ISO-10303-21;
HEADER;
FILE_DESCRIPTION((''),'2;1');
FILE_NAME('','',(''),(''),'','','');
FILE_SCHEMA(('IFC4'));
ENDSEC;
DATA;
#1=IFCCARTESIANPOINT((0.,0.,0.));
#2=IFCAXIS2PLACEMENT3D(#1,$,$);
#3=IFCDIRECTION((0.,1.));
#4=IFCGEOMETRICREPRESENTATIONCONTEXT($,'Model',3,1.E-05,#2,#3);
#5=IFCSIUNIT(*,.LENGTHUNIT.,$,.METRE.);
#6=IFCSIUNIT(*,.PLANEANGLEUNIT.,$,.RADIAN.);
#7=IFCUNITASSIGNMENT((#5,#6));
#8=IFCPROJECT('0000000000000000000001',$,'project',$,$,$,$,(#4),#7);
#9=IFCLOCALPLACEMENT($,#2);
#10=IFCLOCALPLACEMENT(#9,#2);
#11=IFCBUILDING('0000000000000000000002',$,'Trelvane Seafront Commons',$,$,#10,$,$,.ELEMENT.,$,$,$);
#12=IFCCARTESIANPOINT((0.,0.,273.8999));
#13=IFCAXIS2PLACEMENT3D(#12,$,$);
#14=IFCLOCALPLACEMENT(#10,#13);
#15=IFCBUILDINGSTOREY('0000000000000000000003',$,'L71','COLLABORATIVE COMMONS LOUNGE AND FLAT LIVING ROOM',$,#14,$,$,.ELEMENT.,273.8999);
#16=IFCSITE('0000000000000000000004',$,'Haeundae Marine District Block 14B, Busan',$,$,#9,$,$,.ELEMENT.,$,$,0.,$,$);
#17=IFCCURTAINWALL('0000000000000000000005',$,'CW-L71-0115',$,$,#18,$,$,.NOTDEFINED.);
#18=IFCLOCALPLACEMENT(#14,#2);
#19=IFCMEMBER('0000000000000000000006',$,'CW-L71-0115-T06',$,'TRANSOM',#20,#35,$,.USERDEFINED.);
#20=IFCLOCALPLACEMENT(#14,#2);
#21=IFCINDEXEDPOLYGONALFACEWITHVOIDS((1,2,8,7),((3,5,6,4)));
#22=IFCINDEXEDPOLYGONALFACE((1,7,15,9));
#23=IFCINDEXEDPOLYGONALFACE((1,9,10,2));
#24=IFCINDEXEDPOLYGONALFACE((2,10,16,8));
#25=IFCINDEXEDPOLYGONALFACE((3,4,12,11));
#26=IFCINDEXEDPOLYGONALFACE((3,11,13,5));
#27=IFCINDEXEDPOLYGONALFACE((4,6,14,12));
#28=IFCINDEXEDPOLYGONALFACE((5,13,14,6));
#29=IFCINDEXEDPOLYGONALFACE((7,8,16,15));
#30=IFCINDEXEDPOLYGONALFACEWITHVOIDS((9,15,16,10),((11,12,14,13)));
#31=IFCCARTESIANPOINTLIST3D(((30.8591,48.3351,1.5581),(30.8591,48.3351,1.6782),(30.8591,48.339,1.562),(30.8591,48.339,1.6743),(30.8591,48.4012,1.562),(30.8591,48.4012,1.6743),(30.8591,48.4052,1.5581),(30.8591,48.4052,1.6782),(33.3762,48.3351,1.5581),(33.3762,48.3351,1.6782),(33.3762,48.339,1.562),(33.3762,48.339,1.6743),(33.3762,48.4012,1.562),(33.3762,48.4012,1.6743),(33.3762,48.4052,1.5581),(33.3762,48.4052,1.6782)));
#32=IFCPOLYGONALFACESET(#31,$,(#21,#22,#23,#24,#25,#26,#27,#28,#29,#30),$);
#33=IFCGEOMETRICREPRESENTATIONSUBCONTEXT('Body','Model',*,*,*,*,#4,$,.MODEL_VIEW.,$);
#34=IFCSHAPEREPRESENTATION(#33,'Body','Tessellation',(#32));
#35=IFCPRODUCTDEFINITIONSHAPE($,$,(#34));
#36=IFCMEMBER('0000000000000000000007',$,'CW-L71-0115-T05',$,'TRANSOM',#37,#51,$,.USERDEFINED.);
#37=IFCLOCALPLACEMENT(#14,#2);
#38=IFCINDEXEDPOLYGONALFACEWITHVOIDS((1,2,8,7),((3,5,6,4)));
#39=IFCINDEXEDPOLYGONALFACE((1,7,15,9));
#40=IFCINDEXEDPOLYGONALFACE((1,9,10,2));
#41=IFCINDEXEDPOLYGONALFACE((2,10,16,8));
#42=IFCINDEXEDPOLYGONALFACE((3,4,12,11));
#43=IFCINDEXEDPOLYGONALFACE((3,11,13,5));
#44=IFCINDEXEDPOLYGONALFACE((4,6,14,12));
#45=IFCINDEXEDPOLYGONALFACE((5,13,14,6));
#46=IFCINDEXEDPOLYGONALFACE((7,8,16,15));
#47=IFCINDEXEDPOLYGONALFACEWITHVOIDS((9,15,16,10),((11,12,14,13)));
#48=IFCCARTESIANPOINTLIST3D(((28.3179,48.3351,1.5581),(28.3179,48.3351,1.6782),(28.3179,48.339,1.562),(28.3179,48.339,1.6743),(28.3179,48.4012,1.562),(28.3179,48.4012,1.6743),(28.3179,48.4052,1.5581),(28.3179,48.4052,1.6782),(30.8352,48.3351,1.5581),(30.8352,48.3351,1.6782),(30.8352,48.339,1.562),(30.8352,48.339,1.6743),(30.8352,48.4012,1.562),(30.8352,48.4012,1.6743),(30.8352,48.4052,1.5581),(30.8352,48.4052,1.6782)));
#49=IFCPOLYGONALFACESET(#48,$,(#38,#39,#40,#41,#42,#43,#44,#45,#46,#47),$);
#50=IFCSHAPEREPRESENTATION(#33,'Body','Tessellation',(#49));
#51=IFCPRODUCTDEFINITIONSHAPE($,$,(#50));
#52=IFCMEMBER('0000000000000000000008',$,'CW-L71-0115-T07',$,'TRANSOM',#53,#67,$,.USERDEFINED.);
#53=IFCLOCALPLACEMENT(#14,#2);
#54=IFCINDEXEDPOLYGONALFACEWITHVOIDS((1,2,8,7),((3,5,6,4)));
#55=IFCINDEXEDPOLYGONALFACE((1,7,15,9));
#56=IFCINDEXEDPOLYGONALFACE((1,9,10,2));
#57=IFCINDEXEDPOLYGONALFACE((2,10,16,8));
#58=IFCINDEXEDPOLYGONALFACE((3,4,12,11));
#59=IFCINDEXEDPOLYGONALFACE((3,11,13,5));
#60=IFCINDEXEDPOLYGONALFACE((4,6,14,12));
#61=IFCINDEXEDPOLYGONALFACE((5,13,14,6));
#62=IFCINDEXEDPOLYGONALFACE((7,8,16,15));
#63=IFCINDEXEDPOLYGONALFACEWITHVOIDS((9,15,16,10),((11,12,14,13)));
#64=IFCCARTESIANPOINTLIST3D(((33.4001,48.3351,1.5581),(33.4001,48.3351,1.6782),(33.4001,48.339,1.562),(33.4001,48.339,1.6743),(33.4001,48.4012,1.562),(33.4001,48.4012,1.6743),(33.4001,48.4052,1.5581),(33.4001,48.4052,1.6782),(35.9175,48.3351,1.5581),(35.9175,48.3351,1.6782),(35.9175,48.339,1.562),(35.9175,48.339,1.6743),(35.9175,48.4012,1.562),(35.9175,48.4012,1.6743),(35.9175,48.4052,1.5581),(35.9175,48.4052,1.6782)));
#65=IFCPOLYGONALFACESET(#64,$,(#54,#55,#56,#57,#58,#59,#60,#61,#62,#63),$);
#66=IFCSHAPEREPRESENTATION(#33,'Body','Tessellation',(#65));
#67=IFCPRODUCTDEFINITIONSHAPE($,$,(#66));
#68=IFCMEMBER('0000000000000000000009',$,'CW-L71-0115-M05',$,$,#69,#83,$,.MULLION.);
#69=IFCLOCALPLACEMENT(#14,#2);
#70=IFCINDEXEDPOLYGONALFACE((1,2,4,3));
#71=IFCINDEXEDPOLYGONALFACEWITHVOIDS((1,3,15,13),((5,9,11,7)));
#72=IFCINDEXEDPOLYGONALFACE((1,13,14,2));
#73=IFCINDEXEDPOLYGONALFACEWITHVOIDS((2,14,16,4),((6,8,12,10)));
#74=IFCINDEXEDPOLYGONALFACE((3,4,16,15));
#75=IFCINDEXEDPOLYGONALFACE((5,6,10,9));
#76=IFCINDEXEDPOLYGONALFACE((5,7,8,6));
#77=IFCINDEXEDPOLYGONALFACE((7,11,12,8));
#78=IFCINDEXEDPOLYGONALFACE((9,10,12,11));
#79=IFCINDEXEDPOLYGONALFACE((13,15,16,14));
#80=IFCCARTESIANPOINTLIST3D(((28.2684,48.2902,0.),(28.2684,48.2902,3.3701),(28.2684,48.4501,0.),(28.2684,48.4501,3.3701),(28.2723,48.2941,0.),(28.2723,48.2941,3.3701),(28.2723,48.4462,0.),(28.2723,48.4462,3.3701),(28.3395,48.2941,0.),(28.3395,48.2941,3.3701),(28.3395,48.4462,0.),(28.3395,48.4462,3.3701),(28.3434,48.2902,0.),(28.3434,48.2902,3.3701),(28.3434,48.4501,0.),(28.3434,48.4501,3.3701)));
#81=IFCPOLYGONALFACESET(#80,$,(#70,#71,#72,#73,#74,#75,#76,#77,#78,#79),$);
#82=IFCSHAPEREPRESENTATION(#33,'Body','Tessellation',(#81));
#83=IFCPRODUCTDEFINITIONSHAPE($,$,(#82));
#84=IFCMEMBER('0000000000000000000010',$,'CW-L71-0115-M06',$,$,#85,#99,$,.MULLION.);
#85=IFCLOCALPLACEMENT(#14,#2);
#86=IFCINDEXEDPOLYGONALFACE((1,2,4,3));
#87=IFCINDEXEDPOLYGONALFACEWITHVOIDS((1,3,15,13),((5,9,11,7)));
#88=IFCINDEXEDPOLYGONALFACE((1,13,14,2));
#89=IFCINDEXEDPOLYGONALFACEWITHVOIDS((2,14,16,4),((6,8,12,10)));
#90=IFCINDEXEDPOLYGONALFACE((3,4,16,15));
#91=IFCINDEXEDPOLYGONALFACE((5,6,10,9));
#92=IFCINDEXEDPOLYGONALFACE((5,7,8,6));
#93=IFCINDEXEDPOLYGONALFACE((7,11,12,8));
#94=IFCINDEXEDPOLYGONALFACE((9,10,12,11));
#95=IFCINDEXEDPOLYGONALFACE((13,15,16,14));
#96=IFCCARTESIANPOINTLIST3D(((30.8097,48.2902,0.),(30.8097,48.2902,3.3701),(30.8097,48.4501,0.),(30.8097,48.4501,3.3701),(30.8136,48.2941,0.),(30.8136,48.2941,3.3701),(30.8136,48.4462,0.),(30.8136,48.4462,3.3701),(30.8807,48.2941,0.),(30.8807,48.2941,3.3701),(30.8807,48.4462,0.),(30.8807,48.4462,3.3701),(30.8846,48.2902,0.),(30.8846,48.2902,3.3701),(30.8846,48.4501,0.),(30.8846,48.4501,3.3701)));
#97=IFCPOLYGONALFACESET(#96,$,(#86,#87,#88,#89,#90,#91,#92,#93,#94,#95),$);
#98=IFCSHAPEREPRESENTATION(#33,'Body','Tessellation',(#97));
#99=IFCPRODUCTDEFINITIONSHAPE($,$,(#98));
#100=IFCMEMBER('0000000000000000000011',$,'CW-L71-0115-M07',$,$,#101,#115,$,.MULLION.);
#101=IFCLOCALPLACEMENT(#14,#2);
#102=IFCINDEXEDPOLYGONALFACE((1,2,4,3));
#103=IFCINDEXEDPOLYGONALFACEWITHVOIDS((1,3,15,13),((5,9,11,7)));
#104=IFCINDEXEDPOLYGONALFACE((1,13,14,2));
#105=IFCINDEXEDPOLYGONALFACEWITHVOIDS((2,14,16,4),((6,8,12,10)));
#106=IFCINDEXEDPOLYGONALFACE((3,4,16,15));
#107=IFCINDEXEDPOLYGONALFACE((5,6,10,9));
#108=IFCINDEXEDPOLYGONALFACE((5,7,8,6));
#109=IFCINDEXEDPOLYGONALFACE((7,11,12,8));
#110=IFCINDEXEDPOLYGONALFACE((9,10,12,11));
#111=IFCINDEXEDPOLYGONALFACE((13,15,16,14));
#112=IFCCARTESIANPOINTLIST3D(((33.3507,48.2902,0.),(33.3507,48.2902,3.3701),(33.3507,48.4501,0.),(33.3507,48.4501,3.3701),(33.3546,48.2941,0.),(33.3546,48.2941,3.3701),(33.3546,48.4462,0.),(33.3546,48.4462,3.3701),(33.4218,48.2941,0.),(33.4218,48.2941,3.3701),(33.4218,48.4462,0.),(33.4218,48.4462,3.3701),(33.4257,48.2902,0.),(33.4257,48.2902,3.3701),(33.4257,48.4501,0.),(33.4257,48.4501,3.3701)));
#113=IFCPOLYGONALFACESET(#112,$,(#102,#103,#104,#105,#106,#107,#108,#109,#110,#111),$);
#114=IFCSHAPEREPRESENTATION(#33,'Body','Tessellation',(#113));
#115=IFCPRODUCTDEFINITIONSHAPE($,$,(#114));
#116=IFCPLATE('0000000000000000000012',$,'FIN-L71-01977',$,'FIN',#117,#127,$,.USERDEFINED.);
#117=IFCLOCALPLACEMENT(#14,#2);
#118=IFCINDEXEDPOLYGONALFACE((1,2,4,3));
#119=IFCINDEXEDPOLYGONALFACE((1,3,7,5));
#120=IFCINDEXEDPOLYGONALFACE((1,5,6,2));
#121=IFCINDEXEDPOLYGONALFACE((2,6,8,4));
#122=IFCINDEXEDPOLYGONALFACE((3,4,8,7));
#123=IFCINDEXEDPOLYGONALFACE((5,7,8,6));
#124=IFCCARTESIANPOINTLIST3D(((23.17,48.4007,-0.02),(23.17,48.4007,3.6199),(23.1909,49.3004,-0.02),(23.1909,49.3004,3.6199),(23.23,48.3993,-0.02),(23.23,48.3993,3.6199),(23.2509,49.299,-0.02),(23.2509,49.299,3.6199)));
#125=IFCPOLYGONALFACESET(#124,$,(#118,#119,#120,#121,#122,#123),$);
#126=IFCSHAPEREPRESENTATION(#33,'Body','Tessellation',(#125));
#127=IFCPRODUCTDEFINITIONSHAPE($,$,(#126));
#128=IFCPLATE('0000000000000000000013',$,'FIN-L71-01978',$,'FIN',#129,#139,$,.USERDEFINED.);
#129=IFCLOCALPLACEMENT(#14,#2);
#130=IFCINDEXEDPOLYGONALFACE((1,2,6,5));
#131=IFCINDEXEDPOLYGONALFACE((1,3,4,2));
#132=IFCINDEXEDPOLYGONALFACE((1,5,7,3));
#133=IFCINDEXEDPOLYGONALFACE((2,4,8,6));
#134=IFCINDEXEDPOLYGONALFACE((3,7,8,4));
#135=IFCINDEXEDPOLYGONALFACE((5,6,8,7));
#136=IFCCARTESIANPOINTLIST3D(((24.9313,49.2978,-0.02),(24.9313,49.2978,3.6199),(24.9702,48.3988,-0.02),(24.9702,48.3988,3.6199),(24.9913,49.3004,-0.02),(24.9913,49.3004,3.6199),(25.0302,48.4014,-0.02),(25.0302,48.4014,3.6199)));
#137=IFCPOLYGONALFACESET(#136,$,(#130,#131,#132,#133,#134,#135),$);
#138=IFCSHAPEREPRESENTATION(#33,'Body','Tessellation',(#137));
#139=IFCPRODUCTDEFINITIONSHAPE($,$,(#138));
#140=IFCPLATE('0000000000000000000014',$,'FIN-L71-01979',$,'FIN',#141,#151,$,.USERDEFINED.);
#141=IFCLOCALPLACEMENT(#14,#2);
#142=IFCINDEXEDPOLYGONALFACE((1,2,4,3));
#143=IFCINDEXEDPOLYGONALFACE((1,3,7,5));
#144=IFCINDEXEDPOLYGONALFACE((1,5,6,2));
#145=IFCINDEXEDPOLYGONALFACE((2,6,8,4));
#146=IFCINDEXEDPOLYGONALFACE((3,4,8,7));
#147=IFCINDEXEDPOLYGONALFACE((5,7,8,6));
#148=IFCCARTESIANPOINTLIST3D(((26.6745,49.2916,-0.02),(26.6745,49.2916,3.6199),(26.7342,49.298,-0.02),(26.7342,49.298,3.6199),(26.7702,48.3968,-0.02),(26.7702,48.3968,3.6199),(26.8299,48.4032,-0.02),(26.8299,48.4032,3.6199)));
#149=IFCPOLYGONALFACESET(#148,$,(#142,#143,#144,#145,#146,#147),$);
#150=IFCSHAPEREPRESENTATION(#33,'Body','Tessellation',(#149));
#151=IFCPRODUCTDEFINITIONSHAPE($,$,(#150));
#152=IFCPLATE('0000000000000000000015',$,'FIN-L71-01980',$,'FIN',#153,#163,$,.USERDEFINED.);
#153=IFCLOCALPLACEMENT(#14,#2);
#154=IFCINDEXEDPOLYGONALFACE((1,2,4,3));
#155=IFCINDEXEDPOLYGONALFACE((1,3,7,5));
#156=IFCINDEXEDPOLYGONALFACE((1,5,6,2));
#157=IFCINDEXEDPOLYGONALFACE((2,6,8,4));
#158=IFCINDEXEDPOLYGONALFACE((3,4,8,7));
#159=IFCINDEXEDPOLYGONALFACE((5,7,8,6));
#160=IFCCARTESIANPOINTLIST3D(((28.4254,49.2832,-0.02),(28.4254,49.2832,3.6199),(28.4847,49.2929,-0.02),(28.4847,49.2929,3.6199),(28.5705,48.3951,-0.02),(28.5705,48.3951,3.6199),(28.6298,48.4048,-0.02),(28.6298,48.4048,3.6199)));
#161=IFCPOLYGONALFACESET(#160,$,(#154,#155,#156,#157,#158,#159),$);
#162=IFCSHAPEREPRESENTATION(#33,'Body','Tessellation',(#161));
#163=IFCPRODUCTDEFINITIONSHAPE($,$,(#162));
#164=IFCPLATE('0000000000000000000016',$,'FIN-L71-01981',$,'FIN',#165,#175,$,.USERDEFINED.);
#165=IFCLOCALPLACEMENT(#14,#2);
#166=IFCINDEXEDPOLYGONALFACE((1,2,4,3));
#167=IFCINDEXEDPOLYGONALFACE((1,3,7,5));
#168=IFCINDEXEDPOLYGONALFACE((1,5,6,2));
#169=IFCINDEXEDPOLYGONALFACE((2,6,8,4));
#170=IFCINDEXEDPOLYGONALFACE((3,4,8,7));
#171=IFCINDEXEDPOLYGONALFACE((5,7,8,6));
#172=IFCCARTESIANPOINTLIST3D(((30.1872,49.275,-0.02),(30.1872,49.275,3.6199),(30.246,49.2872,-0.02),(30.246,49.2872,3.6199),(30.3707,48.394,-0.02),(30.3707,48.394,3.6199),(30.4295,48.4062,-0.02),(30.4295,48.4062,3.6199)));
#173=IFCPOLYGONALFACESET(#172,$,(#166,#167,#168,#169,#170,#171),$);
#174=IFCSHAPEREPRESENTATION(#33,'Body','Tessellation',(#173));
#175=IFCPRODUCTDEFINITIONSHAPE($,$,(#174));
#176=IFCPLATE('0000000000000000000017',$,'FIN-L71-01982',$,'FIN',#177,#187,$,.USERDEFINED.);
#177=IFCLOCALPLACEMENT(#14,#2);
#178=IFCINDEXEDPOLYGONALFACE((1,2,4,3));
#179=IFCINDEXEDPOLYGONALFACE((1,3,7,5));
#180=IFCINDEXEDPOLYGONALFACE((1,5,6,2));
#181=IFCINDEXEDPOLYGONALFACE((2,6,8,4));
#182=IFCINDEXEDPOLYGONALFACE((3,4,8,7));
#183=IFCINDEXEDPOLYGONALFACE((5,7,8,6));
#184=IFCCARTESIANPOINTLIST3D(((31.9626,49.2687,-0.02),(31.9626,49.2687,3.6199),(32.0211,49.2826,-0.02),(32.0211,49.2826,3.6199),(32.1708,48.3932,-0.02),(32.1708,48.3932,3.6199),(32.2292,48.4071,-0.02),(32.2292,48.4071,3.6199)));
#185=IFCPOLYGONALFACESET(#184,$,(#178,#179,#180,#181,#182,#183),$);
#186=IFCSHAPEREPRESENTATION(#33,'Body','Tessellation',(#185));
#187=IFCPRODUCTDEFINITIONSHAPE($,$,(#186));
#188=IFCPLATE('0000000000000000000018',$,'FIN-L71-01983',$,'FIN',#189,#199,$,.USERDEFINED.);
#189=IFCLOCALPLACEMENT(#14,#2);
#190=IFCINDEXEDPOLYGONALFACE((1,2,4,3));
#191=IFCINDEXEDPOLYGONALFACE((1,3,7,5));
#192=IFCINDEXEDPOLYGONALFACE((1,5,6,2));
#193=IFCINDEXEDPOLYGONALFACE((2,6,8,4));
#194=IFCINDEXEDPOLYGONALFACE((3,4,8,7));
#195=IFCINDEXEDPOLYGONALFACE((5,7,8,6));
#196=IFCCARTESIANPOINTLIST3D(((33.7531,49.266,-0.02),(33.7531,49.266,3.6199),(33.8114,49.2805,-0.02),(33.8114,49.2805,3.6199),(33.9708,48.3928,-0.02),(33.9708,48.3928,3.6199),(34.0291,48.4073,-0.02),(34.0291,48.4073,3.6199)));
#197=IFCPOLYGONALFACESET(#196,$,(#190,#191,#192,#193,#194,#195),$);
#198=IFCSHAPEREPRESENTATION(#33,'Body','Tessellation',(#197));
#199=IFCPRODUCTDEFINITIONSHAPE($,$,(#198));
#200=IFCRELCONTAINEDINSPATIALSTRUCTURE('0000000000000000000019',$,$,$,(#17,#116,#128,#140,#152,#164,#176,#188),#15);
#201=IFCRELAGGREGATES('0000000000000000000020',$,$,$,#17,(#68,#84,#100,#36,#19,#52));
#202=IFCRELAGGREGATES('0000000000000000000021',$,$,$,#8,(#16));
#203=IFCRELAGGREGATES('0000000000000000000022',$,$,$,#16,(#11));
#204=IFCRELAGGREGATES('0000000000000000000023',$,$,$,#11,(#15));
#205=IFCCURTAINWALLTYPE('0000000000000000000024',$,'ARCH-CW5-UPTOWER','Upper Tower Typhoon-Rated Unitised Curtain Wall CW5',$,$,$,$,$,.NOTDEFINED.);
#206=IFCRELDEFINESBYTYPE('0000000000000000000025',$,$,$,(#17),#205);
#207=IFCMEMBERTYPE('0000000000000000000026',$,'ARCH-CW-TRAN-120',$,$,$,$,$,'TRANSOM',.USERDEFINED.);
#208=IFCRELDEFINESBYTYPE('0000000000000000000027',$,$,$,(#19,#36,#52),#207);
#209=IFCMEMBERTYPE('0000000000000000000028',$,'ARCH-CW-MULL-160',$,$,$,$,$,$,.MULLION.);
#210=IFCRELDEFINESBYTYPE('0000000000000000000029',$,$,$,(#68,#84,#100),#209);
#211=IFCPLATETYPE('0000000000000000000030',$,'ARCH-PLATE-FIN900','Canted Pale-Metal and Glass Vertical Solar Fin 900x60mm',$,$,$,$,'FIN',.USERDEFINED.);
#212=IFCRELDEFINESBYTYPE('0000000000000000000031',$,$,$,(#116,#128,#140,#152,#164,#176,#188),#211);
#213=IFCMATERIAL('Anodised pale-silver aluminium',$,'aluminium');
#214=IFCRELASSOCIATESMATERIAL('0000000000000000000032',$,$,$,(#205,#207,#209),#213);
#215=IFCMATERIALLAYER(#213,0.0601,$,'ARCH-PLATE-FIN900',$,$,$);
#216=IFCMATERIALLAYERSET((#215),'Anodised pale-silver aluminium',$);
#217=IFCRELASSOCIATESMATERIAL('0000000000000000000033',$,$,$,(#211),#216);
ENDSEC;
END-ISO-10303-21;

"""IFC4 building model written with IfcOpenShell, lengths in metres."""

from ifc_helpers import new_model, si_unit, direction, frame, origin, origin_2d, place, context, subcontext, project, spatial, rectangle, hollow_rectangle, extrude, source, transform, mapped, material, layer, layer_set, material_profile, profile_set, type_object, element, aggregate, save


model = new_model("IFC4")

# Units and contexts
model_context = context("Model", 3, precision=1e-05, world=origin(), true_north=direction((0.0, 1.0)))
body_context = subcontext(model_context, "Body", "Model", "MODEL_VIEW")
ifc_project = project(units=[si_unit("LENGTHUNIT", "METRE"), si_unit("PLANEANGLEUNIT", "RADIAN")], contexts=[model_context])

# Site, building, storey
site_placement = place(None, origin())
site = spatial("IfcSite", under=ifc_project, at=site_placement, Name="Haeundae Marine District Block 14B, Busan", CompositionType="ELEMENT", RefElevation=0.0)
building_placement = place(site_placement, origin())
building = spatial("IfcBuilding", under=site, at=building_placement, Name="Trelvane Seafront Commons", CompositionType="ELEMENT")
storey_placement = place(building_placement, frame((0.0, 0.0, 273.8999)))
storey = spatial("IfcBuildingStorey", under=building, at=storey_placement, Name="L71", Description="COLLABORATIVE COMMONS LOUNGE AND FLAT LIVING ROOM", CompositionType="ELEMENT", Elevation=273.8999)

# Curtain wall, members
ifc_material_1 = material(Name="Anodised pale-silver aluminium", Category="aluminium")
curtain_wall_type = type_object("IfcCurtainWallType", Name="ARCH-CW5-UPTOWER", Description="Upper Tower Typhoon-Rated Unitised Curtain Wall CW5", PredefinedType="NOTDEFINED", material=ifc_material_1)
curtain_wall_placement = place(storey_placement, origin())
curtain_wall = element("IfcCurtainWall", 1, at=curtain_wall_placement, inside=storey, type_object=curtain_wall_type, Name="CW-L71-0115", PredefinedType="NOTDEFINED")
ifc_material_profile_1 = material_profile(ifc_material_1, hollow_rectangle(XDim=0.0701, YDim=0.1201, WallThickness=0.0039, at=origin_2d()), Name="TRAN-70x120x4")
ifc_profile_set_1 = profile_set([ifc_material_profile_1], Name="Anodised pale-silver aluminium")
member_type_1 = type_object("IfcMemberType", Name="ARCH-CW-TRAN-120", ElementType="TRANSOM", PredefinedType="USERDEFINED", material=ifc_profile_set_1)
shared_shape_1 = source(origin(), body_context, "Body", "SweptSolid", [
    extrude(hollow_rectangle(XDim=0.0701, YDim=0.1201, WallThickness=0.0039, at=origin_2d()), origin(), (0.0, 0.0, 1.0), 2.5171),
])
member_1_placement = place(storey_placement, frame((30.8591, 48.3701, 1.6182), z_axis=(1.0, 0.0, 0.0), x_axis=(0.0, 1.0, 0.0)))
member_1 = element("IfcMember", 2, at=member_1_placement, type_object=member_type_1, Name="CW-L71-0115-T06", ObjectType="TRANSOM", PredefinedType="USERDEFINED", context=body_context, shape_type="MappedRepresentation", body=[
    mapped(shared_shape_1, transform((0.0, 0.0, 0.0), x_axis=(1.0, 0.0, 0.0), y_axis=(0.0, 1.0, 0.0), z_axis=(0.0, 0.0, 1.0), scale=1.0)),
])
shared_shape_2 = source(origin(), body_context, "Body", "SweptSolid", [
    extrude(hollow_rectangle(XDim=0.0701, YDim=0.1201, WallThickness=0.0039, at=origin_2d()), origin(), (0.0, 0.0, 1.0), 2.5173),
])
member_2_placement = place(storey_placement, frame((28.3179, 48.3701, 1.6182), z_axis=(1.0, 0.0, 0.0), x_axis=(0.0, 1.0, 0.0)))
member_2 = element("IfcMember", 3, at=member_2_placement, type_object=member_type_1, Name="CW-L71-0115-T05", ObjectType="TRANSOM", PredefinedType="USERDEFINED", context=body_context, shape_type="MappedRepresentation", body=[
    mapped(shared_shape_2, transform((0.0, 0.0, 0.0), x_axis=(1.0, 0.0, 0.0), y_axis=(0.0, 1.0, 0.0), z_axis=(0.0, 0.0, 1.0), scale=1.0)),
])
member_3_placement = place(storey_placement, frame((33.4001, 48.3701, 1.6182), z_axis=(1.0, 0.0, 0.0), x_axis=(0.0, 1.0, 0.0)))
member_3 = element("IfcMember", 4, at=member_3_placement, type_object=member_type_1, Name="CW-L71-0115-T07", ObjectType="TRANSOM", PredefinedType="USERDEFINED", context=body_context, shape_type="MappedRepresentation", body=[
    mapped(shared_shape_2, transform((0.0, 0.0, 0.0), x_axis=(1.0, 0.0, 0.0), y_axis=(0.0, 1.0, 0.0), z_axis=(0.0, 0.0, 1.0), scale=1.0)),
])
ifc_material_profile_2 = material_profile(ifc_material_1, hollow_rectangle(XDim=0.075, YDim=0.1599, WallThickness=0.0039, at=origin_2d()), Name="MULL-75x160x4")
ifc_profile_set_2 = profile_set([ifc_material_profile_2], Name="Anodised pale-silver aluminium")
member_type_2 = type_object("IfcMemberType", Name="ARCH-CW-MULL-160", PredefinedType="MULLION", material=ifc_profile_set_2)
shared_shape_3 = source(origin(), body_context, "Body", "SweptSolid", [
    extrude(hollow_rectangle(XDim=0.075, YDim=0.1599, WallThickness=0.0039, at=origin_2d()), origin(), (0.0, 0.0, 1.0), 3.3701),
])
member_4_placement = place(storey_placement, frame((28.3059, 48.3701, 0.0), z_axis=(0.0, 0.0, 1.0), x_axis=(1.0, 0.0, 0.0)))
member_4 = element("IfcMember", 5, at=member_4_placement, type_object=member_type_2, Name="CW-L71-0115-M05", PredefinedType="MULLION", context=body_context, shape_type="MappedRepresentation", body=[
    mapped(shared_shape_3, transform((0.0, 0.0, 0.0), x_axis=(1.0, 0.0, 0.0), y_axis=(0.0, 1.0, 0.0), z_axis=(0.0, 0.0, 1.0), scale=1.0)),
])
member_5_placement = place(storey_placement, frame((30.8472, 48.3701, 0.0), z_axis=(0.0, 0.0, 1.0), x_axis=(1.0, 0.0, 0.0)))
member_5 = element("IfcMember", 6, at=member_5_placement, type_object=member_type_2, Name="CW-L71-0115-M06", PredefinedType="MULLION", context=body_context, shape_type="MappedRepresentation", body=[
    mapped(shared_shape_3, transform((0.0, 0.0, 0.0), x_axis=(1.0, 0.0, 0.0), y_axis=(0.0, 1.0, 0.0), z_axis=(0.0, 0.0, 1.0), scale=1.0)),
])
member_6_placement = place(storey_placement, frame((33.3882, 48.3701, 0.0), z_axis=(0.0, 0.0, 1.0), x_axis=(1.0, 0.0, 0.0)))
member_6 = element("IfcMember", 7, at=member_6_placement, type_object=member_type_2, Name="CW-L71-0115-M07", PredefinedType="MULLION", context=body_context, shape_type="MappedRepresentation", body=[
    mapped(shared_shape_3, transform((0.0, 0.0, 0.0), x_axis=(1.0, 0.0, 0.0), y_axis=(0.0, 1.0, 0.0), z_axis=(0.0, 0.0, 1.0), scale=1.0)),
])

# Plates
ifc_layer_1 = layer(ifc_material_1, 0.0601, Name="ARCH-PLATE-FIN900")
ifc_layer_set_1 = layer_set([ifc_layer_1], Name="Anodised pale-silver aluminium")
plate_type_1 = type_object("IfcPlateType", Name="ARCH-PLATE-FIN900", Description="Canted Pale-Metal and Glass Vertical Solar Fin 900x60mm", ElementType="FIN", PredefinedType="USERDEFINED", material=ifc_layer_set_1)
shared_shape_4 = source(origin(), body_context, "Body", "SweptSolid", [
    extrude(rectangle(XDim=0.8999, YDim=0.0601, at=origin_2d()), origin(), (0.0, 0.0, 1.0), 3.6399),
])
for number, where, z_axis, x_axis, name in (
    (8, (23.2104, 48.8499, -0.02), (0.0, 0.0, 1.0), (0.023221, 0.99973, 0.0), "FIN-L71-01977"),
    (9, (24.9807, 48.8496, -0.02), (0.0, 0.0, 1.0), (-0.04322, 0.999066, 0.0), "FIN-L71-01978"),
    (10, (26.7522, 48.8474, -0.02), (0.0, 0.0, 1.0), (-0.106333, 0.994331, 0.0), "FIN-L71-01979"),
    (11, (28.5276, 48.844, -0.02), (0.0, 0.0, 1.0), (-0.161227, 0.986917, 0.0), "FIN-L71-01980"),
    (12, (30.3083, 48.8406, -0.02), (0.0, 0.0, 1.0), (-0.203888, 0.978994, 0.0), "FIN-L71-01981"),
    (13, (32.0959, 48.8379, -0.02), (0.0, 0.0, 1.0), (-0.23133, 0.972875, 0.0), "FIN-L71-01982"),
    (14, (33.8911, 48.8367, -0.02), (0.0, 0.0, 1.0), (-0.241881, 0.970306, 0.0), "FIN-L71-01983"),
):
    element("IfcPlate", number, at=place(storey_placement, frame(where, z_axis=z_axis, x_axis=x_axis)), inside=storey, type_object=plate_type_1, Name=name, ObjectType="FIN", PredefinedType="USERDEFINED", context=body_context, shape_type="MappedRepresentation", body=[
        mapped(shared_shape_4, transform((0.0, 0.0, 0.0), x_axis=(1.0, 0.0, 0.0), y_axis=(0.0, 1.0, 0.0), z_axis=(0.0, 0.0, 1.0), scale=1.0)),
    ])

aggregate(curtain_wall, [member_4, member_5, member_6, member_2, member_1, member_3])

save(model, "model.ifc")
